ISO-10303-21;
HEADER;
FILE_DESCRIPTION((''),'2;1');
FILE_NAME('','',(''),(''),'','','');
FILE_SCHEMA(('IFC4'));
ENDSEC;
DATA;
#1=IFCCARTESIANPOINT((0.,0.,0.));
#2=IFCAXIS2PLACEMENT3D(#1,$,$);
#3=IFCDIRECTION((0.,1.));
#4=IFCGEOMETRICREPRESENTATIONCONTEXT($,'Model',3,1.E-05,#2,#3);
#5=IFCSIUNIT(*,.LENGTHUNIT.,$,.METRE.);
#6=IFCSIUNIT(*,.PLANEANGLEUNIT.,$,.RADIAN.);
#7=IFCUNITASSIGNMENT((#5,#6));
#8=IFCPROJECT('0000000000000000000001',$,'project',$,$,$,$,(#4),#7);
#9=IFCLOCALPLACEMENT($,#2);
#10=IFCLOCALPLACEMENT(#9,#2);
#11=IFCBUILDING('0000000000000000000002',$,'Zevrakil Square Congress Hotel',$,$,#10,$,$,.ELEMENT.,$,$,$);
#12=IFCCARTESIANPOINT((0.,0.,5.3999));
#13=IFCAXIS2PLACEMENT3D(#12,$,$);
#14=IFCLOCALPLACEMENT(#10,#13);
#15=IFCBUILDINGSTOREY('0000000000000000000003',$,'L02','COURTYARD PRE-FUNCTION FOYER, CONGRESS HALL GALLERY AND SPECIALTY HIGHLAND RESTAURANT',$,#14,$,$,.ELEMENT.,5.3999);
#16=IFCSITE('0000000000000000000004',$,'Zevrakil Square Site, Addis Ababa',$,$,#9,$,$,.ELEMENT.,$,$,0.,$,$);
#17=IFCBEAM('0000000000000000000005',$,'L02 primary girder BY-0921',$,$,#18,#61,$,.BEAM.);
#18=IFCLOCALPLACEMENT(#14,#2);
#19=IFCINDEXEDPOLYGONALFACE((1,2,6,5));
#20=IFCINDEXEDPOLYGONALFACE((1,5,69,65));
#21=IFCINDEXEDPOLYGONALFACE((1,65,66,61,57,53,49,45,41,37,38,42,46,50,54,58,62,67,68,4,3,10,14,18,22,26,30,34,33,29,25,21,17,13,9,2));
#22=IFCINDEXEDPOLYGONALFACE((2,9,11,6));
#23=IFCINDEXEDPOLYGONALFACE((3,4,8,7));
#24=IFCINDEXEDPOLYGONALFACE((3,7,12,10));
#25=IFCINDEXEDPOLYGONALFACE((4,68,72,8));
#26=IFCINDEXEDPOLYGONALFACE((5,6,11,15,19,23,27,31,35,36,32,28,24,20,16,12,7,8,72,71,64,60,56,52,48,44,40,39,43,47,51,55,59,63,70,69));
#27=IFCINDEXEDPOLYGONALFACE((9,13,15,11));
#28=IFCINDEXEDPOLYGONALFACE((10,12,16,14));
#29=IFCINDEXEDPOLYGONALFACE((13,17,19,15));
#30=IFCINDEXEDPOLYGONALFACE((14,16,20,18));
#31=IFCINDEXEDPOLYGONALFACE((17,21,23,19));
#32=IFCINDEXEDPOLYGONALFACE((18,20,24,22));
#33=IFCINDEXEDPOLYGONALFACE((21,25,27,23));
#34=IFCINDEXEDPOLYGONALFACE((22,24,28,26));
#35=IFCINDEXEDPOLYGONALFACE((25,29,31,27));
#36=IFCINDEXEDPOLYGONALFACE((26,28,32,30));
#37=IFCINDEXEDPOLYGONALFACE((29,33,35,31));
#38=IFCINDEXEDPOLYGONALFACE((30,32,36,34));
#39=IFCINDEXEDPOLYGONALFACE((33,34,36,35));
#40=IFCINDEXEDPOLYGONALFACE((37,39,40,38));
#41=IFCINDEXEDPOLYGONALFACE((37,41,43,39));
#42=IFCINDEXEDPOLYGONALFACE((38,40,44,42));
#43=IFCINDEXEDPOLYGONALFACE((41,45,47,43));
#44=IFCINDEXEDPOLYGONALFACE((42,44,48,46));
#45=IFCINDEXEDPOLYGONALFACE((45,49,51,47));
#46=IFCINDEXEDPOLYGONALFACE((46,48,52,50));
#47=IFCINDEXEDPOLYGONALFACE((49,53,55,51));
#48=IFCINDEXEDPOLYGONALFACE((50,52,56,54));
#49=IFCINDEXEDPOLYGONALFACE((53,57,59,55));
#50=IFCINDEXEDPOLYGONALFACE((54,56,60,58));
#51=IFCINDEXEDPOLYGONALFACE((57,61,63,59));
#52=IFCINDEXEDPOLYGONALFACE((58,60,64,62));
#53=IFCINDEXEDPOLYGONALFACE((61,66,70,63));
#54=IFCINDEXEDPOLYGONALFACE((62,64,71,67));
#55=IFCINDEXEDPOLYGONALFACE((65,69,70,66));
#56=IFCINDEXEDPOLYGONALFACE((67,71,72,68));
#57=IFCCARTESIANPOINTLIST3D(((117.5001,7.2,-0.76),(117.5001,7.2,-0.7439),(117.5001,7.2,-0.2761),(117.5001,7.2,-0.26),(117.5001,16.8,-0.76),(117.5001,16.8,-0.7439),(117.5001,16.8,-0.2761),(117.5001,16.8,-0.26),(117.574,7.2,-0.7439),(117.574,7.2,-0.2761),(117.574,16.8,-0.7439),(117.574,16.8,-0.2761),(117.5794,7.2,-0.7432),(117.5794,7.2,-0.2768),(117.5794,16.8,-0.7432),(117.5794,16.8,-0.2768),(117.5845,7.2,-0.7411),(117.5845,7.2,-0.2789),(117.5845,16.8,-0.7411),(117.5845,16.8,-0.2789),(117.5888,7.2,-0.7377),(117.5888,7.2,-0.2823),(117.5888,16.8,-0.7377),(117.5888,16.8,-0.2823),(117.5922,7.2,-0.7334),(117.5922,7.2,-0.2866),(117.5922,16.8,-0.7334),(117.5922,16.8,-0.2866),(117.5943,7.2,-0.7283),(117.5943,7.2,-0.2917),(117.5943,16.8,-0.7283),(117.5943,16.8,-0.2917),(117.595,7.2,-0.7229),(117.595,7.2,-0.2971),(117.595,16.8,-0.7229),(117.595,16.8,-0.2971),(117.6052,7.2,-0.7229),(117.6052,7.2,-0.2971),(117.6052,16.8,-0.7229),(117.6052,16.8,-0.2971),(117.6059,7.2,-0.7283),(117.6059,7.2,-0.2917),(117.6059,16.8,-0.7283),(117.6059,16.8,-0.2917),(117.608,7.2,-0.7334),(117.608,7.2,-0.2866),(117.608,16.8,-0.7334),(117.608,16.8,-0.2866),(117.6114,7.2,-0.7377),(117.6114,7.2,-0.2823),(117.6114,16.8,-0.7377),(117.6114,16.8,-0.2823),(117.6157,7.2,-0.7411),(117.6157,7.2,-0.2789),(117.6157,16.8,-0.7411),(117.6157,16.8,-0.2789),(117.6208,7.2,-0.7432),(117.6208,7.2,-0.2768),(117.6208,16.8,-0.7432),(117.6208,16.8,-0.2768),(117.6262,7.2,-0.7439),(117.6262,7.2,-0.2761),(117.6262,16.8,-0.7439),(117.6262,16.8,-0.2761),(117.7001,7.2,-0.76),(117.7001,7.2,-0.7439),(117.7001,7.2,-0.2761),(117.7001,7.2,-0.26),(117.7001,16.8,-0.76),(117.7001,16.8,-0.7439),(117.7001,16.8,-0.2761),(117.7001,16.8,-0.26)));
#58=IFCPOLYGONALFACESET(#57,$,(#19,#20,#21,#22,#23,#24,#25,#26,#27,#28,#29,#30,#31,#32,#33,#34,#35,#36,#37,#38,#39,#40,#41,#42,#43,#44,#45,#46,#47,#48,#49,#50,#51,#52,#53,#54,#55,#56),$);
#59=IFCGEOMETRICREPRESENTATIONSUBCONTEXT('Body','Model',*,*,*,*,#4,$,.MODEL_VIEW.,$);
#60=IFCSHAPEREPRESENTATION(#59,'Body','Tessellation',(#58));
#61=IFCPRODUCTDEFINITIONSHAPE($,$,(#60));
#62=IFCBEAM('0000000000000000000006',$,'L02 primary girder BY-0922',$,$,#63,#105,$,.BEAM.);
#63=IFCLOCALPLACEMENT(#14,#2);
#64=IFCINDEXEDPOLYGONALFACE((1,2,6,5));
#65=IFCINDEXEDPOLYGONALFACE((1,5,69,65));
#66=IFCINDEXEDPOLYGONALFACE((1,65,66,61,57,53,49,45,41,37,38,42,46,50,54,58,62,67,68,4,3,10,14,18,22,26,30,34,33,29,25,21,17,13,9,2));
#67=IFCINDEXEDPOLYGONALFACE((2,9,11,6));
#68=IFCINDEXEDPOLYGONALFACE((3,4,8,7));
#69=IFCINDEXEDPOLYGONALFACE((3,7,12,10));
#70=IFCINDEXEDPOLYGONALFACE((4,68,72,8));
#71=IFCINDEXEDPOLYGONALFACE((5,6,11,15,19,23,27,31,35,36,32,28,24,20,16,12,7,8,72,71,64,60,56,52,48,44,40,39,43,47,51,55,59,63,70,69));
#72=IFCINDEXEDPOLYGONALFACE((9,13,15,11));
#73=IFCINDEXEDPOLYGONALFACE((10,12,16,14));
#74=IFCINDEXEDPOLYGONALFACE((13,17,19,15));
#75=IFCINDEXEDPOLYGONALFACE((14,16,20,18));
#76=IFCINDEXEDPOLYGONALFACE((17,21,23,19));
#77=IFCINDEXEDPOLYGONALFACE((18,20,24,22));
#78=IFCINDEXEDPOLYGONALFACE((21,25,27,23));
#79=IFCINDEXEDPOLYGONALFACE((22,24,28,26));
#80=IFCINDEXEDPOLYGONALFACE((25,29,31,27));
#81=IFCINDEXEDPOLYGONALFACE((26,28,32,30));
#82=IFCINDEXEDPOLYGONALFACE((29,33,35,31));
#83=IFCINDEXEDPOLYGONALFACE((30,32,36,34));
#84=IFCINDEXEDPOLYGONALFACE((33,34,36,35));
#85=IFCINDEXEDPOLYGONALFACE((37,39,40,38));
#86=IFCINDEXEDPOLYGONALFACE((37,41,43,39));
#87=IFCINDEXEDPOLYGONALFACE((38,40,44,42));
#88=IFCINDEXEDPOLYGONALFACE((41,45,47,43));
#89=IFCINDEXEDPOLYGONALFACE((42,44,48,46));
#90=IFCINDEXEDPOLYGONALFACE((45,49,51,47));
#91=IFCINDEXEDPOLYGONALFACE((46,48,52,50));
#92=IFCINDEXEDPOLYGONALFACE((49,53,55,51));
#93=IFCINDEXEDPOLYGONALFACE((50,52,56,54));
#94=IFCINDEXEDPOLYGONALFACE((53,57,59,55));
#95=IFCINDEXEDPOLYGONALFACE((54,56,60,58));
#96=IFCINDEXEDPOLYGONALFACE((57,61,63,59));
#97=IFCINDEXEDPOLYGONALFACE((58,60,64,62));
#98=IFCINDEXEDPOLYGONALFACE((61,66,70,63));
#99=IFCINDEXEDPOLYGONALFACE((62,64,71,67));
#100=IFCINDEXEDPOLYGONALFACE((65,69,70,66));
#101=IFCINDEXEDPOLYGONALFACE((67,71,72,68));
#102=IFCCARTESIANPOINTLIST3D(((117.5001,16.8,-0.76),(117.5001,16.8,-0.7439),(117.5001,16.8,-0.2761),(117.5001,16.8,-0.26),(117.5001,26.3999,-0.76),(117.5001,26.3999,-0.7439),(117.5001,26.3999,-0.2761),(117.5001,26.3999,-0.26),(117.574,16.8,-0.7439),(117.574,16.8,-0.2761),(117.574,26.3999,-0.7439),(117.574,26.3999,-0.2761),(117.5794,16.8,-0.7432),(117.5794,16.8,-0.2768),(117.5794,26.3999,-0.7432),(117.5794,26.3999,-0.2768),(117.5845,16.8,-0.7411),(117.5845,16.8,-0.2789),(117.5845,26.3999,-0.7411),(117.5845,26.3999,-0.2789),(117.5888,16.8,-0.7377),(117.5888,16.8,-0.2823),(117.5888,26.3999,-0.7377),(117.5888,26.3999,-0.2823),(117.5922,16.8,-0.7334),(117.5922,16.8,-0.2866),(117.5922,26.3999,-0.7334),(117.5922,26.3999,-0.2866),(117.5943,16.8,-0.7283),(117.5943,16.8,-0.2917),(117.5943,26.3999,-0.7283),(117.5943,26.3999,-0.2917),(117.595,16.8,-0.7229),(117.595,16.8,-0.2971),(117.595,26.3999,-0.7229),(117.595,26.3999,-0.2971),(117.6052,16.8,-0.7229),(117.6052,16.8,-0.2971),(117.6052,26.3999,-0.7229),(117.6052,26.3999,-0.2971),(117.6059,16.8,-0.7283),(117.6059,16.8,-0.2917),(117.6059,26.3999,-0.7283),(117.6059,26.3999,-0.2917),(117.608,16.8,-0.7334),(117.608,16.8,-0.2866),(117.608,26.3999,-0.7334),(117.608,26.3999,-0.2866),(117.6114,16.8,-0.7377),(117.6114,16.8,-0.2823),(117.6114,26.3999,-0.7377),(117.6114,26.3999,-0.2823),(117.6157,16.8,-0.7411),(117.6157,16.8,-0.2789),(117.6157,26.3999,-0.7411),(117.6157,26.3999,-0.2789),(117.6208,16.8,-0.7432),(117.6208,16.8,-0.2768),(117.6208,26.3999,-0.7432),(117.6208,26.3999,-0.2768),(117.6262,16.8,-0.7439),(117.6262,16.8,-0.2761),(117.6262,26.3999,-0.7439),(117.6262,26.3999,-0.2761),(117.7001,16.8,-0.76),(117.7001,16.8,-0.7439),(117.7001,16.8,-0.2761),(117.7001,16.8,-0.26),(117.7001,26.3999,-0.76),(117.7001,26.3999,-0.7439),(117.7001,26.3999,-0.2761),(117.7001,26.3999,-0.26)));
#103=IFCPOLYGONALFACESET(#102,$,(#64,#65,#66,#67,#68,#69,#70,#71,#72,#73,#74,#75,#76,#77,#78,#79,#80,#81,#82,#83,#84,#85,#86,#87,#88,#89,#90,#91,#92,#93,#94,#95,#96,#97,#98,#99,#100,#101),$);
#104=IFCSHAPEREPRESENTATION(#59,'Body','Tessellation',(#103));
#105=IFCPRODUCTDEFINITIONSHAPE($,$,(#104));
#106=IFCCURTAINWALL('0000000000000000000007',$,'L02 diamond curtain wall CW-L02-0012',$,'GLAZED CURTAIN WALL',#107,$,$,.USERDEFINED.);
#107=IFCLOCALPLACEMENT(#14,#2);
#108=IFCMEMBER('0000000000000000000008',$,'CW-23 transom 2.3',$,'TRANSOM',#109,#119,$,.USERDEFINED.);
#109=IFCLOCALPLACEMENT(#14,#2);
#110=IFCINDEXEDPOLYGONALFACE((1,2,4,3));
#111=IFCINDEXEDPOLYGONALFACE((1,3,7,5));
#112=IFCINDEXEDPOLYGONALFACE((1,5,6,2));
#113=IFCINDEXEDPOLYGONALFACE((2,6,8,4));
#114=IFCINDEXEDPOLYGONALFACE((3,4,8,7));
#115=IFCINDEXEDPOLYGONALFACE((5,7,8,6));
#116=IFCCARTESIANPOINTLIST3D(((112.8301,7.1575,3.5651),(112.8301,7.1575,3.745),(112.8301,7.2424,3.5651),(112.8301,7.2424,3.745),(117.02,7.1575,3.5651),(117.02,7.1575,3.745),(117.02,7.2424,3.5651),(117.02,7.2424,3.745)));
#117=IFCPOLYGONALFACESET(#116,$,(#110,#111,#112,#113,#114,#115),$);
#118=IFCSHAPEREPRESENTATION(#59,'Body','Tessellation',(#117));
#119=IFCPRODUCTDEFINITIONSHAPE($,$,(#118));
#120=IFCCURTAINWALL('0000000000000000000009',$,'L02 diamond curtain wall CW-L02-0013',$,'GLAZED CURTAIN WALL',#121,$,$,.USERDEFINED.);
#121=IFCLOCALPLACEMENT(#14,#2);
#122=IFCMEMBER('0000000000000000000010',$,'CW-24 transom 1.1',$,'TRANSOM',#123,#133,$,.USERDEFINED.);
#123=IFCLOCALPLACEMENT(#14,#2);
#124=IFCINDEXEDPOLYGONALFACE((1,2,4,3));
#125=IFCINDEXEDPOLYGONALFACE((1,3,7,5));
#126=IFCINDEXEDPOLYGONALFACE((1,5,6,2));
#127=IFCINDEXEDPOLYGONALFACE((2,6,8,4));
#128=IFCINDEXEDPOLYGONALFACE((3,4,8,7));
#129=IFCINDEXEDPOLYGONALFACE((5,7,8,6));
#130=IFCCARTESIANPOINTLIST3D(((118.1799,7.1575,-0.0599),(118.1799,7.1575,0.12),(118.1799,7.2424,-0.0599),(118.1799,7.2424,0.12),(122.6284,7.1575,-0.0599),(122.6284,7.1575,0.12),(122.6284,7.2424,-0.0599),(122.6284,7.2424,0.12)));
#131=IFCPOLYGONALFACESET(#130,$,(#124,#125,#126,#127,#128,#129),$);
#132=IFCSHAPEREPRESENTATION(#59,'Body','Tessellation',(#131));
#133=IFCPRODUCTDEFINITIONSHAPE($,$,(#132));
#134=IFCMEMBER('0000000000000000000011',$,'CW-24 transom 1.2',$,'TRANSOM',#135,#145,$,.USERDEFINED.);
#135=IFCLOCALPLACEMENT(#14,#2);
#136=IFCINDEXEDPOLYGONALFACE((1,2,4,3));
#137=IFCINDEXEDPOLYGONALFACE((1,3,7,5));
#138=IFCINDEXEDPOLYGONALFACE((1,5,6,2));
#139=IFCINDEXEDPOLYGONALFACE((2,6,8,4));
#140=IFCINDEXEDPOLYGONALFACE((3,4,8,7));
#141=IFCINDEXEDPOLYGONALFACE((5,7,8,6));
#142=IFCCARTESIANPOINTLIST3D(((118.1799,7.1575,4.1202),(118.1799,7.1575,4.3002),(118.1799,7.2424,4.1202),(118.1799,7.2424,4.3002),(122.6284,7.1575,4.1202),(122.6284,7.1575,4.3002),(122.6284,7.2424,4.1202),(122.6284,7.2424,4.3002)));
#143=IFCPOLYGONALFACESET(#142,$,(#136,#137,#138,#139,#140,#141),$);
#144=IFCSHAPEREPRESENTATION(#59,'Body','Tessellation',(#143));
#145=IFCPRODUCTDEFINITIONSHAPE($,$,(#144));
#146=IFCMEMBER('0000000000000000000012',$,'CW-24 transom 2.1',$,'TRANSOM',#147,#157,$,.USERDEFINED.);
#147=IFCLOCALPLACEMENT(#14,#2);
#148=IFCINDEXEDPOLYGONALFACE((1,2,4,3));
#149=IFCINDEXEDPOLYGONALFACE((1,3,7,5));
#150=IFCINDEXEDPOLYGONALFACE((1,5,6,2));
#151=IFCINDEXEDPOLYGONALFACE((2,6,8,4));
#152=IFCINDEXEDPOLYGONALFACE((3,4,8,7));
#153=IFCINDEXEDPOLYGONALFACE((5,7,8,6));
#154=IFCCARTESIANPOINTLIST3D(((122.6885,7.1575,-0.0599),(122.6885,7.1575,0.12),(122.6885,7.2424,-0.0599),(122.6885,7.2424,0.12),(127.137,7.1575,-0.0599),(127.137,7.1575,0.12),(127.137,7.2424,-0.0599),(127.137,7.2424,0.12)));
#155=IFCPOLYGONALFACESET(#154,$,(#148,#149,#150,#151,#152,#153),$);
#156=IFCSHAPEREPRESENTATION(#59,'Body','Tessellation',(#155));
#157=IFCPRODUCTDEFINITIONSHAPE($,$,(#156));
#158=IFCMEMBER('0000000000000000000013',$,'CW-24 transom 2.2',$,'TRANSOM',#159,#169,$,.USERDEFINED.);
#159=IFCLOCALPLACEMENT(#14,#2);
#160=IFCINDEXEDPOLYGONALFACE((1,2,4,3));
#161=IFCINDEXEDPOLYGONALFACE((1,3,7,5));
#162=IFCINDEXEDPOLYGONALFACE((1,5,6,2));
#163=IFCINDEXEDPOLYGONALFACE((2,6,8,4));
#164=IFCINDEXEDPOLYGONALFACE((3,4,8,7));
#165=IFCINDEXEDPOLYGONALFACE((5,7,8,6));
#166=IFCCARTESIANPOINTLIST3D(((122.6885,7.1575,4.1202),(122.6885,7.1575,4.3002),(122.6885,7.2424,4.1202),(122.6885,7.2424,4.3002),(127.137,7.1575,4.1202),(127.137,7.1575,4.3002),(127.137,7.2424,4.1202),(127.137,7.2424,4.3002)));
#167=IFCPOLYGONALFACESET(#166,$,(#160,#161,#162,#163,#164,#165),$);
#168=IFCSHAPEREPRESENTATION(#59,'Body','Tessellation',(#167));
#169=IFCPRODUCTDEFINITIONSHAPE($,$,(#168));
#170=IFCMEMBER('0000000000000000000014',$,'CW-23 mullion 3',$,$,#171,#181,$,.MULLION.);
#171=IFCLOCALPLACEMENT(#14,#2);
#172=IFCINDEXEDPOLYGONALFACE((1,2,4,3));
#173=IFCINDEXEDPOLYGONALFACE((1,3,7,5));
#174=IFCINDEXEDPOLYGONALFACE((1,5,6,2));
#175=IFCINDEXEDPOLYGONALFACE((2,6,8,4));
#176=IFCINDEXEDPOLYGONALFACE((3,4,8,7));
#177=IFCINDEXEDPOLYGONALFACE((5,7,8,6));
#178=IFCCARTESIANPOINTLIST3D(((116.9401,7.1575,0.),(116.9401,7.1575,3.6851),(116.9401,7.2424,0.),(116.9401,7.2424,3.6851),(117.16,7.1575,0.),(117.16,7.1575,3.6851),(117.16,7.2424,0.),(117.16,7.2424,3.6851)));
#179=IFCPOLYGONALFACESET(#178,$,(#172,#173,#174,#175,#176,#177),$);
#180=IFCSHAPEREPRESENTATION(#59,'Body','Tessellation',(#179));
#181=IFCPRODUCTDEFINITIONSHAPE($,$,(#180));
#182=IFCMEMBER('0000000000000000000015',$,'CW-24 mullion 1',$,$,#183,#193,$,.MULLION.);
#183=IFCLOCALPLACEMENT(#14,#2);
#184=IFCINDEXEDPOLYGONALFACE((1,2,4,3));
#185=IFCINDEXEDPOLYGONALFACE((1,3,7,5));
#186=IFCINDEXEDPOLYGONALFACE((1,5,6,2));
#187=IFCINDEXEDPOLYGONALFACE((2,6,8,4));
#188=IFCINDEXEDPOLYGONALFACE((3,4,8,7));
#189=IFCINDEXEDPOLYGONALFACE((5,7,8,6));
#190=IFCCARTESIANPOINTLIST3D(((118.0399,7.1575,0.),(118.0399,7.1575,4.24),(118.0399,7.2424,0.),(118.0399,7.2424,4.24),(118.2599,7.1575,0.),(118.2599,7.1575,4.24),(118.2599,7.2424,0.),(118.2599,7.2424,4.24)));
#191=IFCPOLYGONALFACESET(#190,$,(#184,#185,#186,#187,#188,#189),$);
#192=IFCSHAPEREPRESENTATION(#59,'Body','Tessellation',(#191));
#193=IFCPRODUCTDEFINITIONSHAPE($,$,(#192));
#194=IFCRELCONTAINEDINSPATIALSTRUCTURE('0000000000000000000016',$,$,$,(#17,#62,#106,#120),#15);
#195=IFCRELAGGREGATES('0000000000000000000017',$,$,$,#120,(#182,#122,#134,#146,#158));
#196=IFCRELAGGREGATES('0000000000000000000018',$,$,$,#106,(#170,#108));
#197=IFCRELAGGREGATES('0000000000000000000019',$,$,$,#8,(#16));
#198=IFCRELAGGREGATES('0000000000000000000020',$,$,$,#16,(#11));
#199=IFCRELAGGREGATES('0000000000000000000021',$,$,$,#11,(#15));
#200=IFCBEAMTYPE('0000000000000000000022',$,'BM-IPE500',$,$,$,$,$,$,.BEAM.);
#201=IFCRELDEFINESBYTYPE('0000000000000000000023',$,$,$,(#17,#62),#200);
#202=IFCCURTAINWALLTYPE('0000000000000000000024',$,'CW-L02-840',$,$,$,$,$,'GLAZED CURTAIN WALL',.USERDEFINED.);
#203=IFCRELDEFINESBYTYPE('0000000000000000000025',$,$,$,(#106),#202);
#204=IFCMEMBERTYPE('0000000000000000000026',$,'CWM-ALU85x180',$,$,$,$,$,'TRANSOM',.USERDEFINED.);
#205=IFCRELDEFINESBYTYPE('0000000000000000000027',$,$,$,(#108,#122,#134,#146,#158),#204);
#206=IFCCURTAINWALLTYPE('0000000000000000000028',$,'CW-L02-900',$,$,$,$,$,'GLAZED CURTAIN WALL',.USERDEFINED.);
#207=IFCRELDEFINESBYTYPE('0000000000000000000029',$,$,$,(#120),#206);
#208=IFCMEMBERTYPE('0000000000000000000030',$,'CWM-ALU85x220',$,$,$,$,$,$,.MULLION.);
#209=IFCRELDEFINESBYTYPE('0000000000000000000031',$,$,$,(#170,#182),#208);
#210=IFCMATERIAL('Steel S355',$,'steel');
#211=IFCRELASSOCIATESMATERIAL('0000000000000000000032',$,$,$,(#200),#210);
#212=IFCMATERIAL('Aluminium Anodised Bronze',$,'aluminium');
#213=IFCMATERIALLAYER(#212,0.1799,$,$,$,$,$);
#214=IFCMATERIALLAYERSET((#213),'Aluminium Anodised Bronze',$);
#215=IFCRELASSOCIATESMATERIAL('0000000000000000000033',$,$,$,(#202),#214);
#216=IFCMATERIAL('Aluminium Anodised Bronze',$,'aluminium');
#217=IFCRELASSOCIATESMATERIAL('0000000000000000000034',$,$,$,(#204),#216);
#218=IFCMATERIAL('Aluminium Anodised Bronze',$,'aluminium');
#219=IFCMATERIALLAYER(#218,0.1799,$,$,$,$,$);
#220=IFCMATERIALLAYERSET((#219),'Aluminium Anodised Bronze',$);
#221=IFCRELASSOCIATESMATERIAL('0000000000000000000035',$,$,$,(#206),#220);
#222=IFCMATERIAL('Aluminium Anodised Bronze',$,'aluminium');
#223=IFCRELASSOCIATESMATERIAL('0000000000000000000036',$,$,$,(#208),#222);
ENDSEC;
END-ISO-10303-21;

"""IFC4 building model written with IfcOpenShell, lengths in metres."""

from ifc_helpers import new_model, si_unit, direction, frame, origin, origin_2d, place, context, subcontext, project, spatial, rectangle, i_section, extrude, material, layer, layer_set, material_profile, profile_set, type_object, element, aggregate, save


model = new_model("IFC4")

# Units and contexts
model_context = context("Model", 3, precision=1e-05, world=origin(), true_north=direction((0.0, 1.0)))
body_context = subcontext(model_context, "Body", "Model", "MODEL_VIEW")
ifc_project = project(units=[si_unit("LENGTHUNIT", "METRE"), si_unit("PLANEANGLEUNIT", "RADIAN")], contexts=[model_context])

# Site, building, storey
site_placement = place(None, origin())
site = spatial("IfcSite", under=ifc_project, at=site_placement, Name="Zevrakil Square Site, Addis Ababa", CompositionType="ELEMENT", RefElevation=0.0)
building_placement = place(site_placement, origin())
building = spatial("IfcBuilding", under=site, at=building_placement, Name="Zevrakil Square Congress Hotel", CompositionType="ELEMENT")
storey_placement = place(building_placement, frame((0.0, 0.0, 5.3999)))
storey = spatial("IfcBuildingStorey", under=building, at=storey_placement, Name="L02", Description="COURTYARD PRE-FUNCTION FOYER, CONGRESS HALL GALLERY AND SPECIALTY HIGHLAND RESTAURANT", CompositionType="ELEMENT", Elevation=5.3999)

# Beams
ifc_material_1 = material(Name="Steel S355", Category="steel")
ifc_material_profile_1 = material_profile(ifc_material_1, i_section(OverallWidth=0.2, OverallDepth=0.5, WebThickness=0.0103, FlangeThickness=0.0161, FilletRadius=0.021, at=origin_2d()), Name="IPE 500")
ifc_profile_set_1 = profile_set([ifc_material_profile_1], Name="Steel S355")
beam_type_1 = type_object("IfcBeamType", Name="BM-IPE500", PredefinedType="BEAM", material=ifc_profile_set_1)
beam_1_placement = place(storey_placement, frame((117.6001, 7.2, -0.51), z_axis=(0.0, 1.0, 0.0), x_axis=(-1.0, 0.0, 0.0)))
element("IfcBeam", 1, at=beam_1_placement, inside=storey, type_object=beam_type_1, Name="L02 primary girder BY-0921", PredefinedType="BEAM", context=body_context, shape_type="SweptSolid", body=[
    extrude(i_section(OverallWidth=0.2, OverallDepth=0.5, WebThickness=0.0103, FlangeThickness=0.0161, FilletRadius=0.021, at=origin_2d()), origin(), (0.0, 0.0, 1.0), 9.6001),
])
beam_2_placement = place(storey_placement, frame((117.6001, 16.8, -0.51), z_axis=(0.0, 1.0, 0.0), x_axis=(-1.0, 0.0, 0.0)))
element("IfcBeam", 2, at=beam_2_placement, inside=storey, type_object=beam_type_1, Name="L02 primary girder BY-0922", PredefinedType="BEAM", context=body_context, shape_type="SweptSolid", body=[
    extrude(i_section(OverallWidth=0.2, OverallDepth=0.5, WebThickness=0.0103, FlangeThickness=0.0161, FilletRadius=0.021, at=origin_2d()), origin(), (0.0, 0.0, 1.0), 9.5999),
])

# Curtain wall, member
ifc_material_2 = material(Name="Aluminium Anodised Bronze", Category="aluminium")
ifc_layer_1 = layer(ifc_material_2, 0.1799)
ifc_layer_set_1 = layer_set([ifc_layer_1], Name="Aluminium Anodised Bronze")
curtain_wall_type_1 = type_object("IfcCurtainWallType", Name="CW-L02-840", ElementType="GLAZED CURTAIN WALL", PredefinedType="USERDEFINED", material=ifc_layer_set_1)
curtain_wall_1_placement = place(storey_placement, origin())
curtain_wall_1 = element("IfcCurtainWall", 3, at=curtain_wall_1_placement, inside=storey, type_object=curtain_wall_type_1, Name="L02 diamond curtain wall CW-L02-0012", ObjectType="GLAZED CURTAIN WALL", PredefinedType="USERDEFINED")
ifc_material_3 = material(Name="Aluminium Anodised Bronze", Category="aluminium")
ifc_material_profile_2 = material_profile(ifc_material_3, rectangle(XDim=0.085, YDim=0.1799, at=origin_2d()), Name="ALU 85x180")
ifc_profile_set_2 = profile_set([ifc_material_profile_2], Name="Aluminium Anodised Bronze")
member_type_1 = type_object("IfcMemberType", Name="CWM-ALU85x180", ElementType="TRANSOM", PredefinedType="USERDEFINED", material=ifc_profile_set_2)
member_1_placement = place(storey_placement, frame((112.8301, 7.2, 3.655), z_axis=(1.0, 0.0, 0.0), x_axis=(0.0, 1.0, 0.0)))
member_1 = element("IfcMember", 4, at=member_1_placement, type_object=member_type_1, Name="CW-23 transom 2.3", ObjectType="TRANSOM", PredefinedType="USERDEFINED", context=body_context, shape_type="SweptSolid", body=[
    extrude(rectangle(XDim=0.085, YDim=0.1799, at=origin_2d()), origin(), (0.0, 0.0, 1.0), 4.1899),
])

# Curtain wall, members
ifc_material_4 = material(Name="Aluminium Anodised Bronze", Category="aluminium")
ifc_layer_2 = layer(ifc_material_4, 0.1799)
ifc_layer_set_2 = layer_set([ifc_layer_2], Name="Aluminium Anodised Bronze")
curtain_wall_type_2 = type_object("IfcCurtainWallType", Name="CW-L02-900", ElementType="GLAZED CURTAIN WALL", PredefinedType="USERDEFINED", material=ifc_layer_set_2)
curtain_wall_2_placement = place(storey_placement, origin())
curtain_wall_2 = element("IfcCurtainWall", 5, at=curtain_wall_2_placement, inside=storey, type_object=curtain_wall_type_2, Name="L02 diamond curtain wall CW-L02-0013", ObjectType="GLAZED CURTAIN WALL", PredefinedType="USERDEFINED")
member_2_placement = place(storey_placement, frame((118.1799, 7.2, 0.03), z_axis=(1.0, 0.0, 0.0), x_axis=(0.0, 1.0, 0.0)))
member_2 = element("IfcMember", 6, at=member_2_placement, type_object=member_type_1, Name="CW-24 transom 1.1", ObjectType="TRANSOM", PredefinedType="USERDEFINED", context=body_context, shape_type="SweptSolid", body=[
    extrude(rectangle(XDim=0.085, YDim=0.1799, at=origin_2d()), origin(), (0.0, 0.0, 1.0), 4.4485),
])
member_3_placement = place(storey_placement, frame((118.1799, 7.2, 4.2102), z_axis=(1.0, 0.0, 0.0), x_axis=(0.0, 1.0, 0.0)))
member_3 = element("IfcMember", 7, at=member_3_placement, type_object=member_type_1, Name="CW-24 transom 1.2", ObjectType="TRANSOM", PredefinedType="USERDEFINED", context=body_context, shape_type="SweptSolid", body=[
    extrude(rectangle(XDim=0.085, YDim=0.1799, at=origin_2d()), origin(), (0.0, 0.0, 1.0), 4.4485),
])
member_4_placement = place(storey_placement, frame((122.6885, 7.2, 0.03), z_axis=(1.0, 0.0, 0.0), x_axis=(0.0, 1.0, 0.0)))
member_4 = element("IfcMember", 8, at=member_4_placement, type_object=member_type_1, Name="CW-24 transom 2.1", ObjectType="TRANSOM", PredefinedType="USERDEFINED", context=body_context, shape_type="SweptSolid", body=[
    extrude(rectangle(XDim=0.085, YDim=0.1799, at=origin_2d()), origin(), (0.0, 0.0, 1.0), 4.4485),
])
member_5_placement = place(storey_placement, frame((122.6885, 7.2, 4.2102), z_axis=(1.0, 0.0, 0.0), x_axis=(0.0, 1.0, 0.0)))
member_5 = element("IfcMember", 9, at=member_5_placement, type_object=member_type_1, Name="CW-24 transom 2.2", ObjectType="TRANSOM", PredefinedType="USERDEFINED", context=body_context, shape_type="SweptSolid", body=[
    extrude(rectangle(XDim=0.085, YDim=0.1799, at=origin_2d()), origin(), (0.0, 0.0, 1.0), 4.4485),
])

# Members
ifc_material_5 = material(Name="Aluminium Anodised Bronze", Category="aluminium")
ifc_material_profile_3 = material_profile(ifc_material_5, rectangle(XDim=0.085, YDim=0.22, at=origin_2d()), Name="ALU 85x220")
ifc_profile_set_3 = profile_set([ifc_material_profile_3], Name="Aluminium Anodised Bronze")
member_type_2 = type_object("IfcMemberType", Name="CWM-ALU85x220", PredefinedType="MULLION", material=ifc_profile_set_3)
member_6_placement = place(storey_placement, frame((117.05, 7.2, 0.0), z_axis=(0.0, 0.0, 1.0), x_axis=(0.0, 1.0, 0.0)))
member_6 = element("IfcMember", 10, at=member_6_placement, type_object=member_type_2, Name="CW-23 mullion 3", PredefinedType="MULLION", context=body_context, shape_type="SweptSolid", body=[
    extrude(rectangle(XDim=0.085, YDim=0.22, at=origin_2d()), origin(), (0.0, 0.0, 1.0), 3.6851),
])
member_7_placement = place(storey_placement, frame((118.1499, 7.2, 0.0), z_axis=(0.0, 0.0, 1.0), x_axis=(0.0, 1.0, 0.0)))
member_7 = element("IfcMember", 11, at=member_7_placement, type_object=member_type_2, Name="CW-24 mullion 1", PredefinedType="MULLION", context=body_context, shape_type="SweptSolid", body=[
    extrude(rectangle(XDim=0.085, YDim=0.22, at=origin_2d()), origin(), (0.0, 0.0, 1.0), 4.24),
])

aggregate(curtain_wall_2, [member_7, member_2, member_3, member_4, member_5])
aggregate(curtain_wall_1, [member_6, member_1])

save(model, "model.ifc")
